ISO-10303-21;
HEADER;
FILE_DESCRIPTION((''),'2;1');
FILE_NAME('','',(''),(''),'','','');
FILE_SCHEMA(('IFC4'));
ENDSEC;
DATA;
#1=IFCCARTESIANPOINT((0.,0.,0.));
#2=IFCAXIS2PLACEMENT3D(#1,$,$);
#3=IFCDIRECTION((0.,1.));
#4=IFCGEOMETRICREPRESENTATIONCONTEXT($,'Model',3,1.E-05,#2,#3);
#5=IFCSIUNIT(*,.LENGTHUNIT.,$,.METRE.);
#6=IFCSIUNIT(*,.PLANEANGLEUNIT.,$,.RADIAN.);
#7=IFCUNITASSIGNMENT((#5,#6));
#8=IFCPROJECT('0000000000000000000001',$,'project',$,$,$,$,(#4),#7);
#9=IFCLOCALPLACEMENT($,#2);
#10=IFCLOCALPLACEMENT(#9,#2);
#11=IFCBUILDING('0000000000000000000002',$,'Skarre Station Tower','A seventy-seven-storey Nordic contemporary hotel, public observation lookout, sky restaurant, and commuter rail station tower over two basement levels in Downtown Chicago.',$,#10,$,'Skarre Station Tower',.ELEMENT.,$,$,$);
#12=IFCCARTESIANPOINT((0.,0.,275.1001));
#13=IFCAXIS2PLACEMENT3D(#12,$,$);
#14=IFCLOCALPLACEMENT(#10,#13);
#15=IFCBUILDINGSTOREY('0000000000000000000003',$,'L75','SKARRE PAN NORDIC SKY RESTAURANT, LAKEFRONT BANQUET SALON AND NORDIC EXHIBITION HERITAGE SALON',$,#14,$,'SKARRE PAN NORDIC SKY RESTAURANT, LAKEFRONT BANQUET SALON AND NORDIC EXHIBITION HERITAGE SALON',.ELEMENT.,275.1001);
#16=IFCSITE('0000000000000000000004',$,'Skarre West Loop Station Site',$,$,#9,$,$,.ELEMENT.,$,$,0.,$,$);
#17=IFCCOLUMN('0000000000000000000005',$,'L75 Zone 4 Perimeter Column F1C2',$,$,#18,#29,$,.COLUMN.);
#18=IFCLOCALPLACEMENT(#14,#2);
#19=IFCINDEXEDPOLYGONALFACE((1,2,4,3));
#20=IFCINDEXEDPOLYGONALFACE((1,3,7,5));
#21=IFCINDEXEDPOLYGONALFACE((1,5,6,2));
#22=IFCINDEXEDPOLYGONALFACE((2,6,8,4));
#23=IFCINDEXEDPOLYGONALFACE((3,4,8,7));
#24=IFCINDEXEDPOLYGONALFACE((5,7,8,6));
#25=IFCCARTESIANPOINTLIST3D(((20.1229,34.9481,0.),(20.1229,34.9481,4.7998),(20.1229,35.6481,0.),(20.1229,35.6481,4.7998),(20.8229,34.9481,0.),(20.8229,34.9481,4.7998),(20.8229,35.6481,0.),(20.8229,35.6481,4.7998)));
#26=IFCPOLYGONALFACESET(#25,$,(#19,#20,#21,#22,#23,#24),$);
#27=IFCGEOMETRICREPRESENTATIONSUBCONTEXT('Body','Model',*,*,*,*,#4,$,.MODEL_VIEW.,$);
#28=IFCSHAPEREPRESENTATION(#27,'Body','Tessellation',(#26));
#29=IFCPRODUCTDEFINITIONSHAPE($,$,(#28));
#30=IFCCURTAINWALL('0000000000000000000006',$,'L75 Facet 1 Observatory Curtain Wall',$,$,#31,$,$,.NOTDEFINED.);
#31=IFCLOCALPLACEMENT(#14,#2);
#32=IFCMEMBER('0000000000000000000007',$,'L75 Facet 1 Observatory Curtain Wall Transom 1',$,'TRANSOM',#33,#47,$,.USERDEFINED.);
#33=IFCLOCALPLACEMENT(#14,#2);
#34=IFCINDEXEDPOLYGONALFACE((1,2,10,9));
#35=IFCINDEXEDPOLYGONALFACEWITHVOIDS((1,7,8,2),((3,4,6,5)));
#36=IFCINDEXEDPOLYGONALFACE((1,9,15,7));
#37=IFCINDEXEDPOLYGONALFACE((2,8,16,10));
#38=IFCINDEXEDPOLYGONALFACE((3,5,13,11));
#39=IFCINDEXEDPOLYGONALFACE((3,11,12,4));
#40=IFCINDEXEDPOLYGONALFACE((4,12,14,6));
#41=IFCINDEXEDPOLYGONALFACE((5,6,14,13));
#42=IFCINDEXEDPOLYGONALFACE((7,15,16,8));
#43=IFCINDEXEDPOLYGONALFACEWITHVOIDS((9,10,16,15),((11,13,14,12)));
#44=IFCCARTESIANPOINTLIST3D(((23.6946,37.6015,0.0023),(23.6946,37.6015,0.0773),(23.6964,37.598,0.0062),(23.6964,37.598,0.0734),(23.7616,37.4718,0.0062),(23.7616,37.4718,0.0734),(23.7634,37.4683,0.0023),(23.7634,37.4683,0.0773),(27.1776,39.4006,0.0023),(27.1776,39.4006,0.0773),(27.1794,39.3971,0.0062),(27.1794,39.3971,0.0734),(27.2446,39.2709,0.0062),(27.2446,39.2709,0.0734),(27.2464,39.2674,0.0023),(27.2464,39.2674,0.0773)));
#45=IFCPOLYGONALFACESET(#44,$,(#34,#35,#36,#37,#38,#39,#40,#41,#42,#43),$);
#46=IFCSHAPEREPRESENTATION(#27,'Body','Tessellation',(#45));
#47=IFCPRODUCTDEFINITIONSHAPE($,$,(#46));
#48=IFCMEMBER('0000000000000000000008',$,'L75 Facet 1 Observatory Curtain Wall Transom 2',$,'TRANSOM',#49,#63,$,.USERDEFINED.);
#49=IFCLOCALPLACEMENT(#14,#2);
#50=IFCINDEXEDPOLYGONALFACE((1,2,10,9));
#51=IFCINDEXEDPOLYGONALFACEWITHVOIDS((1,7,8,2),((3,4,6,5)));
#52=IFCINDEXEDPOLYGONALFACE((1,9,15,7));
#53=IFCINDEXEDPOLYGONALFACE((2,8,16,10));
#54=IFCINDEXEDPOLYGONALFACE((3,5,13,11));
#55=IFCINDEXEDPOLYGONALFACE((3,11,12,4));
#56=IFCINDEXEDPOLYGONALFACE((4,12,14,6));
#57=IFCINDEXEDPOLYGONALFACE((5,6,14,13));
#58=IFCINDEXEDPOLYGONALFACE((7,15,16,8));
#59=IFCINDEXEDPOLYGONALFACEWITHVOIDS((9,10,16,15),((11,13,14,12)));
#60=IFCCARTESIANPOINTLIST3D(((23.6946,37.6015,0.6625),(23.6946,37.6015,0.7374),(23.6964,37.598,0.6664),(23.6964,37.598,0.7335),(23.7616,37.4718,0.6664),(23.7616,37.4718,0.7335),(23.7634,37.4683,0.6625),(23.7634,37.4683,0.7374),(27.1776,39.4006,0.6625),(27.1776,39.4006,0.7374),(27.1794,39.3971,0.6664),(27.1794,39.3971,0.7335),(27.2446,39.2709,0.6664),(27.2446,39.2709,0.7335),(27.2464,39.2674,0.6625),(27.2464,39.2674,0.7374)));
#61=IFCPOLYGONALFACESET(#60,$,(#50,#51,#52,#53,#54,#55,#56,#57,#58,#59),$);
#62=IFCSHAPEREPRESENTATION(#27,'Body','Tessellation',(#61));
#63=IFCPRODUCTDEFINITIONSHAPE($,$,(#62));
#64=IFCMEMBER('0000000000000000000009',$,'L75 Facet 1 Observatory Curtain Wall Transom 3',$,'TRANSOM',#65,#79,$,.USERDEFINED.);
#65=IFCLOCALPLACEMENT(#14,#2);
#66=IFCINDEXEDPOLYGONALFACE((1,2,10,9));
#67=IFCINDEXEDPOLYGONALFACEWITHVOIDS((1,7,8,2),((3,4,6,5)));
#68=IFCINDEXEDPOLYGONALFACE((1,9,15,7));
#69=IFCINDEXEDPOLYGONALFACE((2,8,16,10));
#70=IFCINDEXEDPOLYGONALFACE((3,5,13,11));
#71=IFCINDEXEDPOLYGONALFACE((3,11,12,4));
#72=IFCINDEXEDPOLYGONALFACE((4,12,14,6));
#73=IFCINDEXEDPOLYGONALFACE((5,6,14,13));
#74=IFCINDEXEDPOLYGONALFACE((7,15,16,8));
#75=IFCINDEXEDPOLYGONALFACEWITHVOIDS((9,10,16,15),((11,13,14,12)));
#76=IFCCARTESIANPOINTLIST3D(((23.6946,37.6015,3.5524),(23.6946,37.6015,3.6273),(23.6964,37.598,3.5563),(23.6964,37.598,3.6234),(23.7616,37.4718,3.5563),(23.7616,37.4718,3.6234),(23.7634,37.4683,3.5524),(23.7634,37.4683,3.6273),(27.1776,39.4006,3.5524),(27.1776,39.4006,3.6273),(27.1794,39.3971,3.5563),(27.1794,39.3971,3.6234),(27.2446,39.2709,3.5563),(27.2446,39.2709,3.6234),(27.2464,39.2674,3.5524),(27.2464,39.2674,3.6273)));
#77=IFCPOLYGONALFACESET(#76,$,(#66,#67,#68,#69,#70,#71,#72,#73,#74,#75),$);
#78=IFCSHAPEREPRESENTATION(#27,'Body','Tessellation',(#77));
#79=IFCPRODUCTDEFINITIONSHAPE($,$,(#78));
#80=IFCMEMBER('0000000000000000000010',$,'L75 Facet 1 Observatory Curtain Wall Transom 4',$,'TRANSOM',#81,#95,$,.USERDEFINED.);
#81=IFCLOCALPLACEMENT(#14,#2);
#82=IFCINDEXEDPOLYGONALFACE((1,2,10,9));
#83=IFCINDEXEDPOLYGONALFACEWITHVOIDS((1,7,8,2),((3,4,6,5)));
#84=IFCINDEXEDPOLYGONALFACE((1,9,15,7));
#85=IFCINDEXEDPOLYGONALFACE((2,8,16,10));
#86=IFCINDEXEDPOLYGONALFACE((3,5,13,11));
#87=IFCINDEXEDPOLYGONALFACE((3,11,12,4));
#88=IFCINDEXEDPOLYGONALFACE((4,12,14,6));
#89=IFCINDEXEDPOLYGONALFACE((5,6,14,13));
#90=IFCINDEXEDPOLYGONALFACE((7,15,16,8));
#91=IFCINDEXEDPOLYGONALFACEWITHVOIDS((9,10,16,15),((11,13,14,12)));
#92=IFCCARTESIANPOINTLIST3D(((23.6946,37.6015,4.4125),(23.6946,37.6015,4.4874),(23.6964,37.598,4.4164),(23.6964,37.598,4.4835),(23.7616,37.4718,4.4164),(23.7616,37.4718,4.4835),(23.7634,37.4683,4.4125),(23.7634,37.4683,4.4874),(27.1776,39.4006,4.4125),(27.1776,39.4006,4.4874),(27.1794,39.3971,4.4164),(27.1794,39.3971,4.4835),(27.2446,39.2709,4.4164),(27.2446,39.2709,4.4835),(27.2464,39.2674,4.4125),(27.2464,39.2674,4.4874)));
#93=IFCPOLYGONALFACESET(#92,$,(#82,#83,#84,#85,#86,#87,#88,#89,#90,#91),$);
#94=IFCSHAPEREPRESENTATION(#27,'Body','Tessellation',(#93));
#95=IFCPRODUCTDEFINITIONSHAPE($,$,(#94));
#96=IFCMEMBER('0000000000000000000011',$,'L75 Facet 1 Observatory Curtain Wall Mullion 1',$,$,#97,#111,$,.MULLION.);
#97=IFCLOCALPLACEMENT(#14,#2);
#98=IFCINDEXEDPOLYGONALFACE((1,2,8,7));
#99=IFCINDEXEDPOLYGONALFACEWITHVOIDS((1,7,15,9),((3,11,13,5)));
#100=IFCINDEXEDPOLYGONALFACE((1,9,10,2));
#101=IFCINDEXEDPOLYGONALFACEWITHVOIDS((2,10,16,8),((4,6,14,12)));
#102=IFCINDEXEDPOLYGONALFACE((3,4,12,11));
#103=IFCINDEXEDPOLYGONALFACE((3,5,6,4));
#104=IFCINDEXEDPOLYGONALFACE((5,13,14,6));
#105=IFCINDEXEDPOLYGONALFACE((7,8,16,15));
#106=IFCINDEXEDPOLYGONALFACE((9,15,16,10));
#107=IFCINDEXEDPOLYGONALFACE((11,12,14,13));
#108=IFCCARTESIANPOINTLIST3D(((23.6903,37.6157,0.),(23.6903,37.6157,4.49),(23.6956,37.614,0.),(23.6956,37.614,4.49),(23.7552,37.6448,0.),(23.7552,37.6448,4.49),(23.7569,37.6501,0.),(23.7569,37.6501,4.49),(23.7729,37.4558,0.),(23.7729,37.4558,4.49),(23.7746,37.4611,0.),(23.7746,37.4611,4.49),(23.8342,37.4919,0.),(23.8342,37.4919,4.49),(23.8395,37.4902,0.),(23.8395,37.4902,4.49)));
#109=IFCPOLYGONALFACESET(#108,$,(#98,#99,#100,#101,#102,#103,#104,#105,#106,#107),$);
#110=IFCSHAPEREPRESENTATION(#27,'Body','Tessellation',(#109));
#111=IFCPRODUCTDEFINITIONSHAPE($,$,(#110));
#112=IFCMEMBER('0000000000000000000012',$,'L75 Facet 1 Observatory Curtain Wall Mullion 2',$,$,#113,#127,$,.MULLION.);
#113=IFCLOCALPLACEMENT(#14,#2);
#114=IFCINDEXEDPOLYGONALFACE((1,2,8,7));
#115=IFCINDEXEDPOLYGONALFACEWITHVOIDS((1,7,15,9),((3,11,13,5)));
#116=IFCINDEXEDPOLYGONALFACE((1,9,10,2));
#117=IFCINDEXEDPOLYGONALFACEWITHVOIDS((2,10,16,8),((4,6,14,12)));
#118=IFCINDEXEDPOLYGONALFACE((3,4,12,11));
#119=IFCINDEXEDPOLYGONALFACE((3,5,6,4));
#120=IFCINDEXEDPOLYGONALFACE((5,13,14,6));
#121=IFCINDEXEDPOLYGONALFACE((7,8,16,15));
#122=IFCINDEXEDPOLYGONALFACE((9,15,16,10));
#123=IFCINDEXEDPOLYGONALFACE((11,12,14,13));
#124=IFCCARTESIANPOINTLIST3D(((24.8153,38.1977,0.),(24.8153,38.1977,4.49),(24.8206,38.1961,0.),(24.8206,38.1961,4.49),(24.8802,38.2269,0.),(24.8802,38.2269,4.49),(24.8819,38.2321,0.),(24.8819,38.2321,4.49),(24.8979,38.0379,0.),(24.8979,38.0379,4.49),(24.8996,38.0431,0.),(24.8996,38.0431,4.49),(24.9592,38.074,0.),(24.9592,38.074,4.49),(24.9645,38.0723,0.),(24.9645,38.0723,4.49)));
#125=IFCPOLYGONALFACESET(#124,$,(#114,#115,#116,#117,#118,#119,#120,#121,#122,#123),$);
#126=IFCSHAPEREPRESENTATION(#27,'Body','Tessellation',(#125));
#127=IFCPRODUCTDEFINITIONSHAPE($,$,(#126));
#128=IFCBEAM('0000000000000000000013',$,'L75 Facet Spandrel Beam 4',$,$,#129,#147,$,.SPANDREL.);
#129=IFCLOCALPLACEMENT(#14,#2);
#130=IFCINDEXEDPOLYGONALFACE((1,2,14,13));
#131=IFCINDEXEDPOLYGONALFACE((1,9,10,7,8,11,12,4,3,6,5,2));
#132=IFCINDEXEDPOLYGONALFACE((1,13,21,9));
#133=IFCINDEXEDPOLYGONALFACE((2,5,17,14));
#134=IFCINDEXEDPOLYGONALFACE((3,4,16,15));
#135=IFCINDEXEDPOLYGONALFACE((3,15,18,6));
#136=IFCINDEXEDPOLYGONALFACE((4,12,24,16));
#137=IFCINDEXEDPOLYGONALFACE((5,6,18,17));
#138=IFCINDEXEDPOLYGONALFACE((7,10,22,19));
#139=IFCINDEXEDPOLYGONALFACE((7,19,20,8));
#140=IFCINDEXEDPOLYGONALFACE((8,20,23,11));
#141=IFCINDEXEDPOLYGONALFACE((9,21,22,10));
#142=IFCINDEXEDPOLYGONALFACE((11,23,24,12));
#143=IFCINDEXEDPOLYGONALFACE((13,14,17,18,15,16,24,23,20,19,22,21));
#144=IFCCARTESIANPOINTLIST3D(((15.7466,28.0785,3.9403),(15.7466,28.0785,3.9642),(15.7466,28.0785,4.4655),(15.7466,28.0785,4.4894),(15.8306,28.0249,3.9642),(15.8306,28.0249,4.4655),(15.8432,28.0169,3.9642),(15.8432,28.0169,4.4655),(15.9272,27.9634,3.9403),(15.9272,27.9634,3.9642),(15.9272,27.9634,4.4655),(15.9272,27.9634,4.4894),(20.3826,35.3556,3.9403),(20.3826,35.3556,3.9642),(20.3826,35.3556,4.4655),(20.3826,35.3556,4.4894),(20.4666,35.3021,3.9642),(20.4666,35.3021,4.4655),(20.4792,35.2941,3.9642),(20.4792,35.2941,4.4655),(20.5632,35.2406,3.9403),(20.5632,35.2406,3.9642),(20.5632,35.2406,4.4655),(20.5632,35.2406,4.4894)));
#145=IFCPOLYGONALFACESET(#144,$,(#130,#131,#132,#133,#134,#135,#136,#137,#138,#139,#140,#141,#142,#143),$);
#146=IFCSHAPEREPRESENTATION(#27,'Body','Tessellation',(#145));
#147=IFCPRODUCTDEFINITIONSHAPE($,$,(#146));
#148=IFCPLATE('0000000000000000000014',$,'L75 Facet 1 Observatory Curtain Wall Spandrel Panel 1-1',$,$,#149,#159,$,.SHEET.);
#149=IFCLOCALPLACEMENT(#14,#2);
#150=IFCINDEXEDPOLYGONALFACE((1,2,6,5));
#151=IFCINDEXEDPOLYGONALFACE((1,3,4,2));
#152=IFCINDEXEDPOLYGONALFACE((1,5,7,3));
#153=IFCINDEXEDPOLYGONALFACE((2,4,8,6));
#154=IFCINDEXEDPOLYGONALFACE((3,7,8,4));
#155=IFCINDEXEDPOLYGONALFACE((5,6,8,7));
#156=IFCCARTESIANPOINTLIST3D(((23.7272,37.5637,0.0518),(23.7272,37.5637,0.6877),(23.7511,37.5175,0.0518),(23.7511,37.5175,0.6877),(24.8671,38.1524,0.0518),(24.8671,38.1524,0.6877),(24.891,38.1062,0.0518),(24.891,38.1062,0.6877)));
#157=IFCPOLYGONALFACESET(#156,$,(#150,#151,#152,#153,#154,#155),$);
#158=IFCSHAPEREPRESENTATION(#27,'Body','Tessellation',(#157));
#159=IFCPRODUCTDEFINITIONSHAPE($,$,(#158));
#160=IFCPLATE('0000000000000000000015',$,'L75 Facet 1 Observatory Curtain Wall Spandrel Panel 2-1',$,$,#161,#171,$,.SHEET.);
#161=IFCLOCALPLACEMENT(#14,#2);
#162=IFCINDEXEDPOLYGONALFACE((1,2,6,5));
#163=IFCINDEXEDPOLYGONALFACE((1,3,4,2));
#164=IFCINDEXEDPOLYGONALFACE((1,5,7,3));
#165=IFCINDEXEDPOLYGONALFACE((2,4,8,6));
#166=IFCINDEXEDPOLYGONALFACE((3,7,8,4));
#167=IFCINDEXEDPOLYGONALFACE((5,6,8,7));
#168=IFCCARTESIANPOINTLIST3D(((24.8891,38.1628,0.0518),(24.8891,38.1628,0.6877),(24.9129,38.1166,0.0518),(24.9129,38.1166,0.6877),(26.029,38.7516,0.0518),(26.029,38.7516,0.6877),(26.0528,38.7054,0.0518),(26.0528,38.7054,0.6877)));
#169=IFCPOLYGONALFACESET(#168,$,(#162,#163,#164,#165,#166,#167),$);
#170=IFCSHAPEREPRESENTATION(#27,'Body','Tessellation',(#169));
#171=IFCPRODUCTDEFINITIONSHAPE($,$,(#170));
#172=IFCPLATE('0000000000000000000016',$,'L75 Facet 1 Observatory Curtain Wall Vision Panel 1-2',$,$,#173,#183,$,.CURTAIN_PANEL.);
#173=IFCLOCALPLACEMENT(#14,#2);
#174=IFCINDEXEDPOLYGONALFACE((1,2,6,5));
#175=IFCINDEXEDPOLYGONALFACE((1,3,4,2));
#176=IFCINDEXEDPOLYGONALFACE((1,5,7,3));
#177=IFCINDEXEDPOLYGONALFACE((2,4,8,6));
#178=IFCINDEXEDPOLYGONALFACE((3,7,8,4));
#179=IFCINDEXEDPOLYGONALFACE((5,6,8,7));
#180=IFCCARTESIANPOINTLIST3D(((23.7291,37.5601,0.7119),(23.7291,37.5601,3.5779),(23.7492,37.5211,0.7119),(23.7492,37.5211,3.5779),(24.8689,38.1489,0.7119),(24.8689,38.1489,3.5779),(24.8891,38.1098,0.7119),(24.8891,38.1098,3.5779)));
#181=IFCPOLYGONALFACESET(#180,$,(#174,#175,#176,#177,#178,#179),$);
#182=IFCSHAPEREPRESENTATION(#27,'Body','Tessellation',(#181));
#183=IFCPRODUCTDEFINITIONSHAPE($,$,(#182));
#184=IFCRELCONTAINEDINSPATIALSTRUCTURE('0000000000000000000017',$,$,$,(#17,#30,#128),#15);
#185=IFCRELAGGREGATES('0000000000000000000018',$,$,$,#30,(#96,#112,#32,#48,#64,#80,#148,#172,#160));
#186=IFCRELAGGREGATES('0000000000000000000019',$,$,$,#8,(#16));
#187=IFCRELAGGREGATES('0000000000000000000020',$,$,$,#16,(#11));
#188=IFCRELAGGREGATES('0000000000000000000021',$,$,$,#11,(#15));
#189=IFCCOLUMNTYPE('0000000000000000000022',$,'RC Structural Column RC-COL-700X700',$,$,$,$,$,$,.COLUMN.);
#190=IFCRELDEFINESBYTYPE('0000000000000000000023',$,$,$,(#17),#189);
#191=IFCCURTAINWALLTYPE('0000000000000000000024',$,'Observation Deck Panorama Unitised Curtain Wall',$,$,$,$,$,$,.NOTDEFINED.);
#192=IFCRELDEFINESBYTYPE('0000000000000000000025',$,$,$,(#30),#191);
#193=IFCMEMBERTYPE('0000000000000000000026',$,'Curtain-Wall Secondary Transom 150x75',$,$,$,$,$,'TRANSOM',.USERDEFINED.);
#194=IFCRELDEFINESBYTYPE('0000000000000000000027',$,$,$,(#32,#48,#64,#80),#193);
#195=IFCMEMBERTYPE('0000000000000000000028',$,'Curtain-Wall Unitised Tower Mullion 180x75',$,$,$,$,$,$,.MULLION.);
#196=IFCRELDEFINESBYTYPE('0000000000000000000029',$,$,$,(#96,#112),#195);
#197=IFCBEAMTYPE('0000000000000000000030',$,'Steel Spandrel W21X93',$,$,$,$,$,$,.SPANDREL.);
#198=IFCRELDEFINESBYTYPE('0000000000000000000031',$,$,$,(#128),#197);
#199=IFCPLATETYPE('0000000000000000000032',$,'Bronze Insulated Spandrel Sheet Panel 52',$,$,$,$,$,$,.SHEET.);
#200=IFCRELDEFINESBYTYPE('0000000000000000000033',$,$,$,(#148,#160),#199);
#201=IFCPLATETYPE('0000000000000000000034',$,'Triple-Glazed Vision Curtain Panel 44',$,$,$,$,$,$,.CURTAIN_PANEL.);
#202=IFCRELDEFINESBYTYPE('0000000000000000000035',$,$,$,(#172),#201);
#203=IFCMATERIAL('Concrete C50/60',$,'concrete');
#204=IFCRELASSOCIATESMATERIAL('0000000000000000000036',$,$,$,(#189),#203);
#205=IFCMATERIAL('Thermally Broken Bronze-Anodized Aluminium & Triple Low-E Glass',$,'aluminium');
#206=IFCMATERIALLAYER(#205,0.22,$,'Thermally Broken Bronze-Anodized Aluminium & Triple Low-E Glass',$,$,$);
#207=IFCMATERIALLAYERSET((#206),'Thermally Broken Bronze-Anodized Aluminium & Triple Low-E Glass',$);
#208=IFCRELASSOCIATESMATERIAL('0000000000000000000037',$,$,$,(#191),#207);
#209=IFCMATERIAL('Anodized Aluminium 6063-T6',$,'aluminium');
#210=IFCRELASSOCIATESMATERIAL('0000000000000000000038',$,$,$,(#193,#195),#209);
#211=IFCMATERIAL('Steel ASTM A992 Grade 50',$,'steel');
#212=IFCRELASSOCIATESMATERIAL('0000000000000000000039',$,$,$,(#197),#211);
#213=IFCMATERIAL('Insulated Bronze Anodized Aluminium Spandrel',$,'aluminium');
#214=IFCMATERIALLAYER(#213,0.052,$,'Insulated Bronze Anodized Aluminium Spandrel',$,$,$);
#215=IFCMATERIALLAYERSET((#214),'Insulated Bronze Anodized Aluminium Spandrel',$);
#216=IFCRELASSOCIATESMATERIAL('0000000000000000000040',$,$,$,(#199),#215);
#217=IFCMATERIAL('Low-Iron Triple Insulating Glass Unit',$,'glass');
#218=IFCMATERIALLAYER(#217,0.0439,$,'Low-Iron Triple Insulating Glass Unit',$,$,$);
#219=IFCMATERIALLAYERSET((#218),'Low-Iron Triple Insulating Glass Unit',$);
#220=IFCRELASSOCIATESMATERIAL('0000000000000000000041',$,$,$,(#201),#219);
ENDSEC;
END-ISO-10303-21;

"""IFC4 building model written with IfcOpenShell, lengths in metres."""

from ifc_helpers import new_model, si_unit, direction, frame, origin, origin_2d, place, context, subcontext, project, spatial, rectangle, hollow_rectangle, i_section, extrude, material, layer, layer_set, material_profile, profile_set, type_object, element, aggregate, save


model = new_model("IFC4")

# Units and contexts
model_context = context("Model", 3, precision=1e-05, world=origin(), true_north=direction((0.0, 1.0)))
body_context = subcontext(model_context, "Body", "Model", "MODEL_VIEW")
ifc_project = project(units=[si_unit("LENGTHUNIT", "METRE"), si_unit("PLANEANGLEUNIT", "RADIAN")], contexts=[model_context])

# Site, building, storey
site_placement = place(None, origin())
site = spatial("IfcSite", under=ifc_project, at=site_placement, Name="Skarre West Loop Station Site", CompositionType="ELEMENT", RefElevation=0.0)
building_placement = place(site_placement, origin())
building = spatial("IfcBuilding", under=site, at=building_placement, Name="Skarre Station Tower", Description="A seventy-seven-storey Nordic contemporary hotel, public observation lookout, sky restaurant, and commuter rail station tower over two basement levels in Downtown Chicago.", LongName="Skarre Station Tower", CompositionType="ELEMENT")
storey_placement = place(building_placement, frame((0.0, 0.0, 275.1001)))
storey = spatial("IfcBuildingStorey", under=building, at=storey_placement, Name="L75", Description="SKARRE PAN NORDIC SKY RESTAURANT, LAKEFRONT BANQUET SALON AND NORDIC EXHIBITION HERITAGE SALON", LongName="SKARRE PAN NORDIC SKY RESTAURANT, LAKEFRONT BANQUET SALON AND NORDIC EXHIBITION HERITAGE SALON", CompositionType="ELEMENT", Elevation=275.1001)

# Column
ifc_material_1 = material(Name="Concrete C50/60", Category="concrete")
ifc_material_profile_1 = material_profile(ifc_material_1, rectangle(XDim=0.7, YDim=0.7, at=origin_2d()), Name="Concrete C50/60")
ifc_profile_set_1 = profile_set([ifc_material_profile_1], Name="Concrete C50/60")
column_type = type_object("IfcColumnType", Name="RC Structural Column RC-COL-700X700", PredefinedType="COLUMN", material=ifc_profile_set_1)
column_placement = place(storey_placement, frame((20.4729, 35.2981, 0.0), z_axis=(0.0, 0.0, 1.0), x_axis=(1.0, 0.0, 0.0)))
element("IfcColumn", 1, at=column_placement, inside=storey, type_object=column_type, Name="L75 Zone 4 Perimeter Column F1C2", PredefinedType="COLUMN", context=body_context, shape_type="SweptSolid", body=[
    extrude(rectangle(XDim=0.7, YDim=0.7, at=origin_2d()), origin(), (0.0, 0.0, 1.0), 4.7998),
])

# Curtain wall, members
ifc_material_2 = material(Name="Thermally Broken Bronze-Anodized Aluminium & Triple Low-E Glass", Category="aluminium")
ifc_layer_1 = layer(ifc_material_2, 0.22, Name="Thermally Broken Bronze-Anodized Aluminium & Triple Low-E Glass")
ifc_layer_set_1 = layer_set([ifc_layer_1], Name="Thermally Broken Bronze-Anodized Aluminium & Triple Low-E Glass")
curtain_wall_type = type_object("IfcCurtainWallType", Name="Observation Deck Panorama Unitised Curtain Wall", PredefinedType="NOTDEFINED", material=ifc_layer_set_1)
curtain_wall_placement = place(storey_placement, origin())
curtain_wall = element("IfcCurtainWall", 2, at=curtain_wall_placement, inside=storey, type_object=curtain_wall_type, Name="L75 Facet 1 Observatory Curtain Wall", PredefinedType="NOTDEFINED")
ifc_material_3 = material(Name="Anodized Aluminium 6063-T6", Category="aluminium")
ifc_material_profile_2 = material_profile(ifc_material_3, hollow_rectangle(XDim=0.075, YDim=0.1499, WallThickness=0.0039, at=origin_2d()), Name="Anodized Aluminium 6063-T6")
ifc_profile_set_2 = profile_set([ifc_material_profile_2], Name="Anodized Aluminium 6063-T6")
member_type_1 = type_object("IfcMemberType", Name="Curtain-Wall Secondary Transom 150x75", ElementType="TRANSOM", PredefinedType="USERDEFINED", material=ifc_profile_set_2)
member_1_placement = place(storey_placement, frame((23.729, 37.5349, 0.0398), z_axis=(0.888471, 0.458933, 0.0), x_axis=(0.0, 0.0, 1.0)))
member_1 = element("IfcMember", 3, at=member_1_placement, type_object=member_type_1, Name="L75 Facet 1 Observatory Curtain Wall Transom 1", ObjectType="TRANSOM", PredefinedType="USERDEFINED", context=body_context, shape_type="SweptSolid", body=[
    extrude(hollow_rectangle(XDim=0.075, YDim=0.1499, WallThickness=0.0039, at=origin_2d()), origin(), (0.0, 0.0, 1.0), 3.9202),
])
member_2_placement = place(storey_placement, frame((23.729, 37.5349, 0.7), z_axis=(0.888471, 0.458933, 0.0), x_axis=(0.0, 0.0, 1.0)))
member_2 = element("IfcMember", 4, at=member_2_placement, type_object=member_type_1, Name="L75 Facet 1 Observatory Curtain Wall Transom 2", ObjectType="TRANSOM", PredefinedType="USERDEFINED", context=body_context, shape_type="SweptSolid", body=[
    extrude(hollow_rectangle(XDim=0.075, YDim=0.1499, WallThickness=0.0039, at=origin_2d()), origin(), (0.0, 0.0, 1.0), 3.9202),
])
member_3_placement = place(storey_placement, frame((23.729, 37.5349, 3.5898), z_axis=(0.888471, 0.458933, 0.0), x_axis=(0.0, 0.0, 1.0)))
member_3 = element("IfcMember", 5, at=member_3_placement, type_object=member_type_1, Name="L75 Facet 1 Observatory Curtain Wall Transom 3", ObjectType="TRANSOM", PredefinedType="USERDEFINED", context=body_context, shape_type="SweptSolid", body=[
    extrude(hollow_rectangle(XDim=0.075, YDim=0.1499, WallThickness=0.0039, at=origin_2d()), origin(), (0.0, 0.0, 1.0), 3.9202),
])
member_4_placement = place(storey_placement, frame((23.729, 37.5349, 4.45), z_axis=(0.888471, 0.458933, 0.0), x_axis=(0.0, 0.0, 1.0)))
member_4 = element("IfcMember", 6, at=member_4_placement, type_object=member_type_1, Name="L75 Facet 1 Observatory Curtain Wall Transom 4", ObjectType="TRANSOM", PredefinedType="USERDEFINED", context=body_context, shape_type="SweptSolid", body=[
    extrude(hollow_rectangle(XDim=0.075, YDim=0.1499, WallThickness=0.0039, at=origin_2d()), origin(), (0.0, 0.0, 1.0), 3.9202),
])
ifc_material_profile_3 = material_profile(ifc_material_3, hollow_rectangle(XDim=0.075, YDim=0.1799, WallThickness=0.0039, at=origin_2d()), Name="Anodized Aluminium 6063-T6")
ifc_profile_set_3 = profile_set([ifc_material_profile_3], Name="Anodized Aluminium 6063-T6")
member_type_2 = type_object("IfcMemberType", Name="Curtain-Wall Unitised Tower Mullion 180x75", PredefinedType="MULLION", material=ifc_profile_set_3)
member_5_placement = place(storey_placement, frame((23.7649, 37.553, 0.0), z_axis=(0.0, 0.0, 1.0), x_axis=(0.888481, 0.458913, 0.0)))
member_5 = element("IfcMember", 7, at=member_5_placement, type_object=member_type_2, Name="L75 Facet 1 Observatory Curtain Wall Mullion 1", PredefinedType="MULLION", context=body_context, shape_type="SweptSolid", body=[
    extrude(hollow_rectangle(XDim=0.075, YDim=0.1799, WallThickness=0.0039, at=origin_2d()), origin(), (0.0, 0.0, 1.0), 4.49),
])
member_6_placement = place(storey_placement, frame((24.8899, 38.135, 0.0), z_axis=(0.0, 0.0, 1.0), x_axis=(0.888481, 0.458913, 0.0)))
member_6 = element("IfcMember", 8, at=member_6_placement, type_object=member_type_2, Name="L75 Facet 1 Observatory Curtain Wall Mullion 2", PredefinedType="MULLION", context=body_context, shape_type="SweptSolid", body=[
    extrude(hollow_rectangle(XDim=0.075, YDim=0.1799, WallThickness=0.0039, at=origin_2d()), origin(), (0.0, 0.0, 1.0), 4.49),
])

# Beam
ifc_material_4 = material(Name="Steel ASTM A992 Grade 50", Category="steel")
ifc_material_profile_4 = material_profile(ifc_material_4, i_section(OverallWidth=0.2141, OverallDepth=0.5491, WebThickness=0.0149, FlangeThickness=0.0239, at=origin_2d()), Name="Steel ASTM A992 Grade 50")
ifc_profile_set_4 = profile_set([ifc_material_profile_4], Name="Steel ASTM A992 Grade 50")
beam_type = type_object("IfcBeamType", Name="Steel Spandrel W21X93", PredefinedType="SPANDREL", material=ifc_profile_set_4)
beam_placement = place(storey_placement, frame((20.4729, 35.2981, 4.2148), z_axis=(-0.537297, -0.843393, 0.0), x_axis=(0.843393, -0.537297, 0.0)))
element("IfcBeam", 9, at=beam_placement, inside=storey, type_object=beam_type, Name="L75 Facet Spandrel Beam 4", PredefinedType="SPANDREL", context=body_context, shape_type="SweptSolid", body=[
    extrude(i_section(OverallWidth=0.2141, OverallDepth=0.5491, WebThickness=0.0149, FlangeThickness=0.0239, at=origin_2d()), origin(), (0.0, 0.0, 1.0), 8.6284),
])

# Plates
ifc_material_5 = material(Name="Insulated Bronze Anodized Aluminium Spandrel", Category="aluminium")
ifc_layer_2 = layer(ifc_material_5, 0.052, Name="Insulated Bronze Anodized Aluminium Spandrel")
ifc_layer_set_2 = layer_set([ifc_layer_2], Name="Insulated Bronze Anodized Aluminium Spandrel")
plate_type_1 = type_object("IfcPlateType", Name="Bronze Insulated Spandrel Sheet Panel 52", PredefinedType="SHEET", material=ifc_layer_set_2)
plate_1_placement = place(storey_placement, frame((24.3091, 37.835, 0.0518), z_axis=(0.0, 0.0, 1.0), x_axis=(0.888481, 0.458913, 0.0)))
plate_1 = element("IfcPlate", 10, at=plate_1_placement, type_object=plate_type_1, Name="L75 Facet 1 Observatory Curtain Wall Spandrel Panel 1-1", PredefinedType="SHEET", context=body_context, shape_type="SweptSolid", body=[
    extrude(rectangle(XDim=1.283, YDim=0.052, at=origin_2d()), origin(), (0.0, 0.0, 1.0), 0.636),
])
plate_2_placement = place(storey_placement, frame((25.4709, 38.4341, 0.0518), z_axis=(0.0, 0.0, 1.0), x_axis=(0.888481, 0.458913, 0.0)))
plate_2 = element("IfcPlate", 11, at=plate_2_placement, type_object=plate_type_1, Name="L75 Facet 1 Observatory Curtain Wall Spandrel Panel 2-1", PredefinedType="SHEET", context=body_context, shape_type="SweptSolid", body=[
    extrude(rectangle(XDim=1.283, YDim=0.052, at=origin_2d()), origin(), (0.0, 0.0, 1.0), 0.636),
])
ifc_material_6 = material(Name="Low-Iron Triple Insulating Glass Unit", Category="glass")
ifc_layer_3 = layer(ifc_material_6, 0.0439, Name="Low-Iron Triple Insulating Glass Unit")
ifc_layer_set_3 = layer_set([ifc_layer_3], Name="Low-Iron Triple Insulating Glass Unit")
plate_type_2 = type_object("IfcPlateType", Name="Triple-Glazed Vision Curtain Panel 44", PredefinedType="CURTAIN_PANEL", material=ifc_layer_set_3)
plate_3_placement = place(storey_placement, frame((24.3091, 37.835, 0.7119), z_axis=(0.0, 0.0, 1.0), x_axis=(0.888481, 0.458913, 0.0)))
plate_3 = element("IfcPlate", 12, at=plate_3_placement, type_object=plate_type_2, Name="L75 Facet 1 Observatory Curtain Wall Vision Panel 1-2", PredefinedType="CURTAIN_PANEL", context=body_context, shape_type="SweptSolid", body=[
    extrude(rectangle(XDim=1.283, YDim=0.0439, at=origin_2d()), origin(), (0.0, 0.0, 1.0), 2.866),
])
aggregate(curtain_wall, [member_5, member_6, member_1, member_2, member_3, member_4, plate_1, plate_3, plate_2])

save(model, "model.ifc")
